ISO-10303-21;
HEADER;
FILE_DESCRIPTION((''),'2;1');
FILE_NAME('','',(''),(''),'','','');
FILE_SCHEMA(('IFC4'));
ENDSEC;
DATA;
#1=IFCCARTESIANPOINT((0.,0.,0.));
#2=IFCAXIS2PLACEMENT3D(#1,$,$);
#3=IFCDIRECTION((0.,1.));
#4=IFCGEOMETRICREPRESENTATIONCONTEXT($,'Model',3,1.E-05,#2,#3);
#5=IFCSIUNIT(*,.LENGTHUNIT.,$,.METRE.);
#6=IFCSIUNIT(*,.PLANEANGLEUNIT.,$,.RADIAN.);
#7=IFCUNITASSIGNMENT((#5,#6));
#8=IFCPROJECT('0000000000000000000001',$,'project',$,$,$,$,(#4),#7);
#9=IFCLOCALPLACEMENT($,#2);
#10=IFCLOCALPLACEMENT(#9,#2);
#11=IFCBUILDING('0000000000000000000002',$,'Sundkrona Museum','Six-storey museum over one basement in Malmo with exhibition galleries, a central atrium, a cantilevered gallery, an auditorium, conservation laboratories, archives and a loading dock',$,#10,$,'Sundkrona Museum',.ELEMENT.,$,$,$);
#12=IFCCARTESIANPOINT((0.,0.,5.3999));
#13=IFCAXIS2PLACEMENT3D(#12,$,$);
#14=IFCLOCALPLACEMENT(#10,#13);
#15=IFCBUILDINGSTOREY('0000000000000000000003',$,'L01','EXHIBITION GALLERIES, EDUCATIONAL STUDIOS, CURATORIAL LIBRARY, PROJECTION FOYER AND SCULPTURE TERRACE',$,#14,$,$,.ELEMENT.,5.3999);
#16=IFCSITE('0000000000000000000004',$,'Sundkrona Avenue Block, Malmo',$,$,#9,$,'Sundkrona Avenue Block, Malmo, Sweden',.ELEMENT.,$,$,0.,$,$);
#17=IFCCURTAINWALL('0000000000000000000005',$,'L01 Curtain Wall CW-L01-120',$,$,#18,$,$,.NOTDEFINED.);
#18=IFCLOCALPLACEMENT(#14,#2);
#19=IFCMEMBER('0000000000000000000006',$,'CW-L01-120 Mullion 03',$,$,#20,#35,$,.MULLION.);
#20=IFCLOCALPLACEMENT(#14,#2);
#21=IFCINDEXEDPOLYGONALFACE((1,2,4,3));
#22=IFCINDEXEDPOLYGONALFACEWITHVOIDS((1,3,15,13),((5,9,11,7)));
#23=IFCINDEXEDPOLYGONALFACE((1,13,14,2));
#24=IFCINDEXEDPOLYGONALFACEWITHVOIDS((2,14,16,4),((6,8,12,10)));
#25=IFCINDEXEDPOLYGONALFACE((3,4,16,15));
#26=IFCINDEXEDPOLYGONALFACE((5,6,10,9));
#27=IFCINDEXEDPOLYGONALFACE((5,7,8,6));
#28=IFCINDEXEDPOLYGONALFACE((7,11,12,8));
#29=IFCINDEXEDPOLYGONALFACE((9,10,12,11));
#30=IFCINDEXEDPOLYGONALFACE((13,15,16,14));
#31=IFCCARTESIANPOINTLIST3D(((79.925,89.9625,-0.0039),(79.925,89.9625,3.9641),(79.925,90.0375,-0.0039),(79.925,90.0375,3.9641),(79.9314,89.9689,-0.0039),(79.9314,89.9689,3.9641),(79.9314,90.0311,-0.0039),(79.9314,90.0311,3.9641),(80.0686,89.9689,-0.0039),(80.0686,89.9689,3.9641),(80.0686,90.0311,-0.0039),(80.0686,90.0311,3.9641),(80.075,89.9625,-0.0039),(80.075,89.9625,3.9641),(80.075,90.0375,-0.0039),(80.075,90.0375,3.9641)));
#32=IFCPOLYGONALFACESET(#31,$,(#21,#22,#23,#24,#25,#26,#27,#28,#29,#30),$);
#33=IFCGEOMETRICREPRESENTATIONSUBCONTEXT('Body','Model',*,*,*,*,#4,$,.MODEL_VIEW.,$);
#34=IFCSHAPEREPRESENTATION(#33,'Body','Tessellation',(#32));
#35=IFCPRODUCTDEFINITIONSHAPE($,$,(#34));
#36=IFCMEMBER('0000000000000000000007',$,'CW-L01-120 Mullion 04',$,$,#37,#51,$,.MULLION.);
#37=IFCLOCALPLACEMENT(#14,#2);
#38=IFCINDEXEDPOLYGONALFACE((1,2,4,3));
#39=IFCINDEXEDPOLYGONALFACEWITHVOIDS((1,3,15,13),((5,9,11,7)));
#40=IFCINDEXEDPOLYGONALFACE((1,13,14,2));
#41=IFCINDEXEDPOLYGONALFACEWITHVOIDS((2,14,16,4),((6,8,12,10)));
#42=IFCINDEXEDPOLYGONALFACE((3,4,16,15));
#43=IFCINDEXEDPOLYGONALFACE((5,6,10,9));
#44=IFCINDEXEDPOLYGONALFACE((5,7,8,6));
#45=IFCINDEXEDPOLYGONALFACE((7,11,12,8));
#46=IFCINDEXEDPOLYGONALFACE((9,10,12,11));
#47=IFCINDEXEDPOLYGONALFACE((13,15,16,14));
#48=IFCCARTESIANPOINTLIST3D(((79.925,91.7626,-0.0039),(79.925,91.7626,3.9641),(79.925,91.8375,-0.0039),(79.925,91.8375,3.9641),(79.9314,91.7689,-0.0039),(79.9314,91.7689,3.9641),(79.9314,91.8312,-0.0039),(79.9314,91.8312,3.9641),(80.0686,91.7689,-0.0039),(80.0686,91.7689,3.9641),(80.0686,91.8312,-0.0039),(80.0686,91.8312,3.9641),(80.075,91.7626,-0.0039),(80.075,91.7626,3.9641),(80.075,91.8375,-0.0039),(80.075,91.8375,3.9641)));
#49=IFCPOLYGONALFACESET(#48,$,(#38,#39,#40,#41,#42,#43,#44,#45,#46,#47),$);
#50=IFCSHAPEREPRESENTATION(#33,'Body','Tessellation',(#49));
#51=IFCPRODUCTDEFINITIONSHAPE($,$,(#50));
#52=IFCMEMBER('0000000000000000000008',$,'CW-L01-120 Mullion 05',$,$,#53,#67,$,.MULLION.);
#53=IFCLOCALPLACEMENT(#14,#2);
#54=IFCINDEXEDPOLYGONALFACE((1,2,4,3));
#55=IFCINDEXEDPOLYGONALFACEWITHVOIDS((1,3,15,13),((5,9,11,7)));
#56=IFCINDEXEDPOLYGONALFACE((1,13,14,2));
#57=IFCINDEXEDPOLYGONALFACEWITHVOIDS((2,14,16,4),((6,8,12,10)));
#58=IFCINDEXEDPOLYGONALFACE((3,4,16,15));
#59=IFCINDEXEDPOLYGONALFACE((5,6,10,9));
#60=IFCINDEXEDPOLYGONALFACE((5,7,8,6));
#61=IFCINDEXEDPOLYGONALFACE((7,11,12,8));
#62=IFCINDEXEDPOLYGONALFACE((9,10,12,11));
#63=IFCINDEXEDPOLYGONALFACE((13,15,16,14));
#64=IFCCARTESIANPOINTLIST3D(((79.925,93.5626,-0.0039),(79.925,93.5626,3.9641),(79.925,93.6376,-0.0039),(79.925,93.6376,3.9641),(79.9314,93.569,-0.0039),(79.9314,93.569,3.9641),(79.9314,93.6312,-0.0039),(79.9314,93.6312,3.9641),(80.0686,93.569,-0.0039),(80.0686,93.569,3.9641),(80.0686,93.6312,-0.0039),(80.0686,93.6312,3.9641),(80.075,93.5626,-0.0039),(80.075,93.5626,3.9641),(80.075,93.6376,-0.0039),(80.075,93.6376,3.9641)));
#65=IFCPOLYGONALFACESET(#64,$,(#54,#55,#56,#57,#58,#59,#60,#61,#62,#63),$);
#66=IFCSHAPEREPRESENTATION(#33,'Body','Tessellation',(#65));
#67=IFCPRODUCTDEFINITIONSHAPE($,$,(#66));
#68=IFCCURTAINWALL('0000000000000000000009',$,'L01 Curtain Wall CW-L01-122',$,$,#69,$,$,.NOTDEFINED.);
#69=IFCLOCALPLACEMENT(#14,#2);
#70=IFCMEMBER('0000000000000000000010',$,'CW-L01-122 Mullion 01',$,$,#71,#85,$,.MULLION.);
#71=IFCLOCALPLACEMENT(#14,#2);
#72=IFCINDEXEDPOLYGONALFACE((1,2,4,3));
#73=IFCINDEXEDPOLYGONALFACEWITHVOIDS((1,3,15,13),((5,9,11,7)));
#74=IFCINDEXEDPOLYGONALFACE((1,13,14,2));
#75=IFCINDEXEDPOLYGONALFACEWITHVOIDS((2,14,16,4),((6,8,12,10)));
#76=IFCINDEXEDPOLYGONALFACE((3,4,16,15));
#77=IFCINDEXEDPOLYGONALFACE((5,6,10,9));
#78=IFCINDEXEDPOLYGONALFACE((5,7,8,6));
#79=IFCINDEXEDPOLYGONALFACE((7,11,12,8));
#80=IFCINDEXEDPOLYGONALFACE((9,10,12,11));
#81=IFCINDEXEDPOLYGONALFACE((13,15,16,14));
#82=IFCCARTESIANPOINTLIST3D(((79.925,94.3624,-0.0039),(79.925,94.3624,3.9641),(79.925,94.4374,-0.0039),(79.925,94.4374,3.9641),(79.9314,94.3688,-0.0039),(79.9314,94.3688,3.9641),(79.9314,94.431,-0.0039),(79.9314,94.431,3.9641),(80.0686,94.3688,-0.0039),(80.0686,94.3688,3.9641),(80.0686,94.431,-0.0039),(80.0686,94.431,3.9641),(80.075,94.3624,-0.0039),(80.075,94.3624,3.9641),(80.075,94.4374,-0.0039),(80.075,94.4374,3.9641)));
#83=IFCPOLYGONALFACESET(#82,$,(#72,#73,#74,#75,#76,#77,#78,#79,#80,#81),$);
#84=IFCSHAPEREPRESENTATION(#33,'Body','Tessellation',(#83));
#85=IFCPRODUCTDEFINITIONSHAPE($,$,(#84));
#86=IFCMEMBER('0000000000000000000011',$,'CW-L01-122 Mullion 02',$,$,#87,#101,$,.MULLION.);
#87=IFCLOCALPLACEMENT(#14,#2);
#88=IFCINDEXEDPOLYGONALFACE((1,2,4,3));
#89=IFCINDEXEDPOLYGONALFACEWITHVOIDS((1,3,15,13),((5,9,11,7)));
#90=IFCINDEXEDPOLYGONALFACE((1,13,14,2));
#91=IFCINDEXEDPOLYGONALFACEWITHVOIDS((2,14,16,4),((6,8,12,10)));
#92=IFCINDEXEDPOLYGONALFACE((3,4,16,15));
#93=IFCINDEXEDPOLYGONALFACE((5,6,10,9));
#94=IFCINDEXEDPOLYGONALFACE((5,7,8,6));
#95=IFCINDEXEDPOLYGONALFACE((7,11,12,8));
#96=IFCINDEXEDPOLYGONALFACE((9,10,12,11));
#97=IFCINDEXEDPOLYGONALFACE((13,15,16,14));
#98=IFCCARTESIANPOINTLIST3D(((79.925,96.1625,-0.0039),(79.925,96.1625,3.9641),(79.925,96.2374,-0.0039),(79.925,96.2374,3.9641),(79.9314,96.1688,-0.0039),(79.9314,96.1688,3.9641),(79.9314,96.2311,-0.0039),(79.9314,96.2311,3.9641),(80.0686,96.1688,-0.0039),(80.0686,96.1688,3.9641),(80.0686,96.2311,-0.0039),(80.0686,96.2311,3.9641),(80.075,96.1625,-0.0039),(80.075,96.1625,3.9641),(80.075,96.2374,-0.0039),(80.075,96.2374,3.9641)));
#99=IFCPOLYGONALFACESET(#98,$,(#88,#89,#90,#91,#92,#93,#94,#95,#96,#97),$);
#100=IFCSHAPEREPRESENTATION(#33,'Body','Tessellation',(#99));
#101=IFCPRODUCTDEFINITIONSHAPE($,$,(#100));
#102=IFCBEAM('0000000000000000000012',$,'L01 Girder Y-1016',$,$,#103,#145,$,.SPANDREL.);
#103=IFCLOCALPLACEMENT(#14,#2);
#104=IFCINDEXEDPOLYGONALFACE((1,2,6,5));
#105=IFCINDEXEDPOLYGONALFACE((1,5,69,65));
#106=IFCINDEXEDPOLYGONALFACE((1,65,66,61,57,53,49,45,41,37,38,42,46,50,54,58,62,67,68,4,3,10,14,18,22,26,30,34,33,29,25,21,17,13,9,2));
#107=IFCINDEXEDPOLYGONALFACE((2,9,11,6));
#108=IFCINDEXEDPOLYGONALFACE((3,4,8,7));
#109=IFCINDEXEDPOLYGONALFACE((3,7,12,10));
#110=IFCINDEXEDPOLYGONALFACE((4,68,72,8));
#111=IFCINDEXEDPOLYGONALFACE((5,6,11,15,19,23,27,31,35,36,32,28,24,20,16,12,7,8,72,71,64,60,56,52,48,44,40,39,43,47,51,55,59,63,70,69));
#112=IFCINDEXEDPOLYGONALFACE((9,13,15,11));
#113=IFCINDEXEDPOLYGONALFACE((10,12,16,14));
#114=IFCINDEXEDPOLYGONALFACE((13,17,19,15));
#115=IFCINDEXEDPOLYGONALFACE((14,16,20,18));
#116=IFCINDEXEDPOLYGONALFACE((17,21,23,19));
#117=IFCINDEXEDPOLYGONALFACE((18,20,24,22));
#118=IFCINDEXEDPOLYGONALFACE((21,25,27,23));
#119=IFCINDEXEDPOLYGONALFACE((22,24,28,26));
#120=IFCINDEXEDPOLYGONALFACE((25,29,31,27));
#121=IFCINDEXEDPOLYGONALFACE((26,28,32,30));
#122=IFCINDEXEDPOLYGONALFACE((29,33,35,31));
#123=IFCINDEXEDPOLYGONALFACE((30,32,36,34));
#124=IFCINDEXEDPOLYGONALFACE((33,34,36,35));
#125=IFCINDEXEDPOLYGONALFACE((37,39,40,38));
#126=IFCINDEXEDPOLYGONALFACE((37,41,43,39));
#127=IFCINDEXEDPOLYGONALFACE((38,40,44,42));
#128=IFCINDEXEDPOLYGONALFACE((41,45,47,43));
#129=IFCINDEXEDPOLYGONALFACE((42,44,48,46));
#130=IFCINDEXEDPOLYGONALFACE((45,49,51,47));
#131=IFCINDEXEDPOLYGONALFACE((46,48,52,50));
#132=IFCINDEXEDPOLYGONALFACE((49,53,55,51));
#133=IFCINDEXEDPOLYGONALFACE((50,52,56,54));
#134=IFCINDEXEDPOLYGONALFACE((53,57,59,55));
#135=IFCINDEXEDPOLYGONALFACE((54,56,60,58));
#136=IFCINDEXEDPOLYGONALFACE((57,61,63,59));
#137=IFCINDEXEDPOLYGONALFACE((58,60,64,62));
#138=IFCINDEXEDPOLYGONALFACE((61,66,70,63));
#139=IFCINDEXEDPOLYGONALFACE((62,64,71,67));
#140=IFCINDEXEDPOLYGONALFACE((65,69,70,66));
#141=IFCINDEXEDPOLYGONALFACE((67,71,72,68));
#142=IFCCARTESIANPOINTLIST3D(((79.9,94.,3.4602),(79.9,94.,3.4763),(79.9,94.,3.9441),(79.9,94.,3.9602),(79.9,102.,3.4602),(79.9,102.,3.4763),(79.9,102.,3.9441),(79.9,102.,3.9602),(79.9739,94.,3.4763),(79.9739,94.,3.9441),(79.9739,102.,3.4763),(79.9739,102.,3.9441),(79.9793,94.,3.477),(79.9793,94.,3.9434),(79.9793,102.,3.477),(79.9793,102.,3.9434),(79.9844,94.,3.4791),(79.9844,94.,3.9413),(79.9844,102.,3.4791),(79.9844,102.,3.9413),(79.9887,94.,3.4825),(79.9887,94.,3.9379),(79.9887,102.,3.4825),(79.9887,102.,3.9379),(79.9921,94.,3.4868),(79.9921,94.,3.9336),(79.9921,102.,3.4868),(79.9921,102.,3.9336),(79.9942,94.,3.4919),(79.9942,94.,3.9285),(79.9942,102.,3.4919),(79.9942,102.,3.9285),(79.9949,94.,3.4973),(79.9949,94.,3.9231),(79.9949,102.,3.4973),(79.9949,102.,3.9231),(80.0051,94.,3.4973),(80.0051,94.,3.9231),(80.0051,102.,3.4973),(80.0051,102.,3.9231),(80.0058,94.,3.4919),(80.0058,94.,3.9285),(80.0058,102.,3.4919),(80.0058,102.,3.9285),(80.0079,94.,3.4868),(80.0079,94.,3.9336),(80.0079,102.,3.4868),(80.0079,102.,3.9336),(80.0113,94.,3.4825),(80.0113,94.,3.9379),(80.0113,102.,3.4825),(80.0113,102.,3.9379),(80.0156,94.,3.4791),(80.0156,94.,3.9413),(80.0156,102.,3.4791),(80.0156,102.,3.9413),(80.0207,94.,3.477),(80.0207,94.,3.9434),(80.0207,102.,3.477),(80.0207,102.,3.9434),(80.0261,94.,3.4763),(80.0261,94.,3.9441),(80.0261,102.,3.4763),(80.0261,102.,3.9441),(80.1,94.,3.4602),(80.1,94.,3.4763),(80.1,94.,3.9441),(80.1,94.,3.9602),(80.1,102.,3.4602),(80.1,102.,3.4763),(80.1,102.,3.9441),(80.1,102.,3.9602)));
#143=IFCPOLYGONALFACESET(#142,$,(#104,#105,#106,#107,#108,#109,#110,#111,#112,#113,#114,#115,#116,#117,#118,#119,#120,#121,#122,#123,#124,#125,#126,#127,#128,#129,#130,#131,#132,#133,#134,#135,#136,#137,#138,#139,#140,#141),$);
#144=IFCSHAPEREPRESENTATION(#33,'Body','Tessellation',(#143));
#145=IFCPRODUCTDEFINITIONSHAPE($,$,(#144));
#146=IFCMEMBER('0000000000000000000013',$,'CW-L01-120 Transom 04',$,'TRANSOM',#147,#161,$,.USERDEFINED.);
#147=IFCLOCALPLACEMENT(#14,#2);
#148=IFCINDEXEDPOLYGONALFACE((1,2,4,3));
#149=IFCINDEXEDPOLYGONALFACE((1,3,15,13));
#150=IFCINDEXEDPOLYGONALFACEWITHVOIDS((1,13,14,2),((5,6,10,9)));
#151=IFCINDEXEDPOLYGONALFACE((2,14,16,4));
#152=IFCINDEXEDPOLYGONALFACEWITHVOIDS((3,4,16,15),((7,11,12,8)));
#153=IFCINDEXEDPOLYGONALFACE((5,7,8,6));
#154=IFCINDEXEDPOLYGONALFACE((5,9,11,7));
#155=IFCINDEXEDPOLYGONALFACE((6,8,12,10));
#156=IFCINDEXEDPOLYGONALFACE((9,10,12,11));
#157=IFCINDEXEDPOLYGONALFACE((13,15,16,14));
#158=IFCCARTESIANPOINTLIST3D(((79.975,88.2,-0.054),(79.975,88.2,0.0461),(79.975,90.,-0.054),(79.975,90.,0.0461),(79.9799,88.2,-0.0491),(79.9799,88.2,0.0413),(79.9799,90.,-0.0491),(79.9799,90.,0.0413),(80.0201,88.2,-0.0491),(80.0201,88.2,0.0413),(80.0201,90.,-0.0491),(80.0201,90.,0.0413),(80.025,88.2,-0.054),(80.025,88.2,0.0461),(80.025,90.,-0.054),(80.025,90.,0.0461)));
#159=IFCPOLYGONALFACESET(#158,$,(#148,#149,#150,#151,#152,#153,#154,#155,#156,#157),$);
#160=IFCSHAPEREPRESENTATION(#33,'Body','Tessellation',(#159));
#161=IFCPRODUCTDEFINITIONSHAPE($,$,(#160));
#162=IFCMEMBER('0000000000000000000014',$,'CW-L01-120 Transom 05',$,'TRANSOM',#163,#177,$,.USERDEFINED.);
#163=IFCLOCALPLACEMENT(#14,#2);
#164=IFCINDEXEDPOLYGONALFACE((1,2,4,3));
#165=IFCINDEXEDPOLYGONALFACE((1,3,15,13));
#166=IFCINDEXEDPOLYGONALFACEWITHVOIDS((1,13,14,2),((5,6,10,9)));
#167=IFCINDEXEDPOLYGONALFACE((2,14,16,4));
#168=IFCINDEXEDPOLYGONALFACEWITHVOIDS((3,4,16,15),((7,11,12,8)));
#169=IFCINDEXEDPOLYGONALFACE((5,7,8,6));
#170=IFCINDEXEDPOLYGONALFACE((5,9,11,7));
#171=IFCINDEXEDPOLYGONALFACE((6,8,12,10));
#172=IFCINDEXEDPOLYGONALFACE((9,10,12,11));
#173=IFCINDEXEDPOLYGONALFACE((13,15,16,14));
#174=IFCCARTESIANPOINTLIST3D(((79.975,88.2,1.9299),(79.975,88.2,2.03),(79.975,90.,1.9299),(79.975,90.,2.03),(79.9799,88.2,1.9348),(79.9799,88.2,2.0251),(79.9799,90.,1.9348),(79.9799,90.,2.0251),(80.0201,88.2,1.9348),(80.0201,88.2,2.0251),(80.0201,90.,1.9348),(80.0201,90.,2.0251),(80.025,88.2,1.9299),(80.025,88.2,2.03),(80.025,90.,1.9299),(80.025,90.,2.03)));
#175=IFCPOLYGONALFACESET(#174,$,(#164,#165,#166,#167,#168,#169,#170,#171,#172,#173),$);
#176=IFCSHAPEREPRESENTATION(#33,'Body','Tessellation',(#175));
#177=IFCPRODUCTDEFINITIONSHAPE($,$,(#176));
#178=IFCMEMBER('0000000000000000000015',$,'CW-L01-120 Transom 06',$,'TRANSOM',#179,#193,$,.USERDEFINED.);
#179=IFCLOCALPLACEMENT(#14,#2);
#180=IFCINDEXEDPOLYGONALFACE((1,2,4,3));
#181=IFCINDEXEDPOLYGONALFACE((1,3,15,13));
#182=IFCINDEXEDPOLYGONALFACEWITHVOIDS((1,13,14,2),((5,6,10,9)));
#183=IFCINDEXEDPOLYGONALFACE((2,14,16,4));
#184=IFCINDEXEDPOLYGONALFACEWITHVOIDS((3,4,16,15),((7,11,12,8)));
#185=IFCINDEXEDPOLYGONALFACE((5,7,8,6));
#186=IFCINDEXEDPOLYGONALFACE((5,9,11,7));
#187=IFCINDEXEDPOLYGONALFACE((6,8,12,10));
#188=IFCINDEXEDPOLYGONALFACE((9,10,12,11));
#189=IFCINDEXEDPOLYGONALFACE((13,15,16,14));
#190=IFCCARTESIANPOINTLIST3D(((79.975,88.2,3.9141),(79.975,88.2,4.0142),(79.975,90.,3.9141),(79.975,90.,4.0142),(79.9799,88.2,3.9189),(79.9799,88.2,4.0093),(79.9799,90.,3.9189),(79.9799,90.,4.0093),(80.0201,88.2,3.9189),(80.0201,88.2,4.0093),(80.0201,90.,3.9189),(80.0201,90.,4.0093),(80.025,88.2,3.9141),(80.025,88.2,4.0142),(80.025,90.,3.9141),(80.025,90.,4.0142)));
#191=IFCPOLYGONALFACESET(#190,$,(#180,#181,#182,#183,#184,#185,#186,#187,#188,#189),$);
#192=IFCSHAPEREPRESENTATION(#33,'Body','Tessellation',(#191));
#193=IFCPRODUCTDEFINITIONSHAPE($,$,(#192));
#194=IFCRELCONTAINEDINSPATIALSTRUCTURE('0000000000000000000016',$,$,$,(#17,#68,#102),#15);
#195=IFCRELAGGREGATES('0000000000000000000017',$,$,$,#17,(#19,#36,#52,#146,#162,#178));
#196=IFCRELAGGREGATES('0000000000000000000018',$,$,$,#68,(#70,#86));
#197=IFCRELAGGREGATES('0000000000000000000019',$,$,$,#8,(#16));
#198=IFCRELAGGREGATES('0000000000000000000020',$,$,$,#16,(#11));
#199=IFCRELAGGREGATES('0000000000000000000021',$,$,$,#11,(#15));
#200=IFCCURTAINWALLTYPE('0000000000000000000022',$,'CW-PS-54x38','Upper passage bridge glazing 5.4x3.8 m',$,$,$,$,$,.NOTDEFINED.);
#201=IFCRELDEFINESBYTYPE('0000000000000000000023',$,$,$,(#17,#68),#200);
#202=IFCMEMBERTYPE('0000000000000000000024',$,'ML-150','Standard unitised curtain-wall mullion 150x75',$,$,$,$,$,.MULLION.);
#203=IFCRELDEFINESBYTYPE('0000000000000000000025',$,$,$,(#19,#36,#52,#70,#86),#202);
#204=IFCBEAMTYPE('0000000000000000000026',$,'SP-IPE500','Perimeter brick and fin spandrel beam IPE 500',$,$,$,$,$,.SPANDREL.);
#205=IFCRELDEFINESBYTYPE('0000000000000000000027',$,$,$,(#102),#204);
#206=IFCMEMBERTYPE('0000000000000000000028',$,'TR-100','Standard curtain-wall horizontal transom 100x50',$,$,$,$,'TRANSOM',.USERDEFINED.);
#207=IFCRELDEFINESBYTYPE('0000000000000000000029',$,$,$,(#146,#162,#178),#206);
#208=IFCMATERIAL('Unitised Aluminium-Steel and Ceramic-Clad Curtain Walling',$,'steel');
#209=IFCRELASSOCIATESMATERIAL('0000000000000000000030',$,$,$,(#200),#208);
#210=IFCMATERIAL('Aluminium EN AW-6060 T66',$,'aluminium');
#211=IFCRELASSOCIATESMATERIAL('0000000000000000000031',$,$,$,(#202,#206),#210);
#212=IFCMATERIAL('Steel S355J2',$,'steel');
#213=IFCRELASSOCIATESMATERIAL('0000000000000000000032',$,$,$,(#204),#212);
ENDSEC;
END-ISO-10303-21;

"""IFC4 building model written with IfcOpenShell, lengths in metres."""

from ifc_helpers import new_model, si_unit, direction, frame, origin, origin_2d, place, context, subcontext, project, spatial, hollow_rectangle, i_section, extrude, material, material_profile, profile_set, type_object, element, aggregate, save


model = new_model("IFC4")

# Units and contexts
model_context = context("Model", 3, precision=1e-05, world=origin(), true_north=direction((0.0, 1.0)))
body_context = subcontext(model_context, "Body", "Model", "MODEL_VIEW")
ifc_project = project(units=[si_unit("LENGTHUNIT", "METRE"), si_unit("PLANEANGLEUNIT", "RADIAN")], contexts=[model_context])

# Site, building, storey
site_placement = place(None, origin())
site = spatial("IfcSite", under=ifc_project, at=site_placement, Name="Sundkrona Avenue Block, Malmo", LongName="Sundkrona Avenue Block, Malmo, Sweden", CompositionType="ELEMENT", RefElevation=0.0)
building_placement = place(site_placement, origin())
building = spatial("IfcBuilding", under=site, at=building_placement, Name="Sundkrona Museum", Description="Six-storey museum over one basement in Malmo with exhibition galleries, a central atrium, a cantilevered gallery, an auditorium, conservation laboratories, archives and a loading dock", LongName="Sundkrona Museum", CompositionType="ELEMENT")
storey_placement = place(building_placement, frame((0.0, 0.0, 5.3999)))
storey = spatial("IfcBuildingStorey", under=building, at=storey_placement, Name="L01", Description="EXHIBITION GALLERIES, EDUCATIONAL STUDIOS, CURATORIAL LIBRARY, PROJECTION FOYER AND SCULPTURE TERRACE", CompositionType="ELEMENT", Elevation=5.3999)

# Shared definitions
ifc_material_1 = material(Name="Steel S355J2", Category="steel")

# Curtain walls, members
ifc_material_2 = material(Name="Unitised Aluminium-Steel and Ceramic-Clad Curtain Walling", Category="steel")
curtain_wall_type = type_object("IfcCurtainWallType", Name="CW-PS-54x38", Description="Upper passage bridge glazing 5.4x3.8 m", PredefinedType="NOTDEFINED", material=ifc_material_2)
curtain_wall_1_placement = place(storey_placement, origin())
curtain_wall_1 = element("IfcCurtainWall", 1, at=curtain_wall_1_placement, inside=storey, type_object=curtain_wall_type, Name="L01 Curtain Wall CW-L01-120", PredefinedType="NOTDEFINED")
ifc_material_3 = material(Name="Aluminium EN AW-6060 T66", Category="aluminium")
ifc_material_profile_1 = material_profile(ifc_material_3, hollow_rectangle(XDim=0.075, YDim=0.1499, WallThickness=0.0063, at=origin_2d()), Name="RHS 150x75x6.3")
ifc_profile_set_1 = profile_set([ifc_material_profile_1], Name="Aluminium EN AW-6060 T66")
member_type_1 = type_object("IfcMemberType", Name="ML-150", Description="Standard unitised curtain-wall mullion 150x75", PredefinedType="MULLION", material=ifc_profile_set_1)
member_1_placement = place(storey_placement, frame((80.0, 90.0, -0.0039), z_axis=(0.0, 0.0, 1.0), x_axis=(0.0, 1.0, 0.0)))
member_1 = element("IfcMember", 2, at=member_1_placement, type_object=member_type_1, Name="CW-L01-120 Mullion 03", PredefinedType="MULLION", context=body_context, shape_type="SweptSolid", body=[
    extrude(hollow_rectangle(XDim=0.075, YDim=0.1499, WallThickness=0.0063, at=origin_2d()), origin(), (0.0, 0.0, 1.0), 3.968),
])
member_2_placement = place(storey_placement, frame((80.0, 91.8, -0.0039), z_axis=(0.0, 0.0, 1.0), x_axis=(0.0, 1.0, 0.0)))
member_2 = element("IfcMember", 3, at=member_2_placement, type_object=member_type_1, Name="CW-L01-120 Mullion 04", PredefinedType="MULLION", context=body_context, shape_type="SweptSolid", body=[
    extrude(hollow_rectangle(XDim=0.075, YDim=0.1499, WallThickness=0.0063, at=origin_2d()), origin(), (0.0, 0.0, 1.0), 3.968),
])
member_3_placement = place(storey_placement, frame((80.0, 93.6001, -0.0039), z_axis=(0.0, 0.0, 1.0), x_axis=(0.0, 1.0, 0.0)))
member_3 = element("IfcMember", 4, at=member_3_placement, type_object=member_type_1, Name="CW-L01-120 Mullion 05", PredefinedType="MULLION", context=body_context, shape_type="SweptSolid", body=[
    extrude(hollow_rectangle(XDim=0.075, YDim=0.1499, WallThickness=0.0063, at=origin_2d()), origin(), (0.0, 0.0, 1.0), 3.968),
])
curtain_wall_2_placement = place(storey_placement, origin())
curtain_wall_2 = element("IfcCurtainWall", 5, at=curtain_wall_2_placement, inside=storey, type_object=curtain_wall_type, Name="L01 Curtain Wall CW-L01-122", PredefinedType="NOTDEFINED")
member_4_placement = place(storey_placement, frame((80.0, 94.3999, -0.0039), z_axis=(0.0, 0.0, 1.0), x_axis=(0.0, 1.0, 0.0)))
member_4 = element("IfcMember", 6, at=member_4_placement, type_object=member_type_1, Name="CW-L01-122 Mullion 01", PredefinedType="MULLION", context=body_context, shape_type="SweptSolid", body=[
    extrude(hollow_rectangle(XDim=0.075, YDim=0.1499, WallThickness=0.0063, at=origin_2d()), origin(), (0.0, 0.0, 1.0), 3.968),
])
member_5_placement = place(storey_placement, frame((80.0, 96.2, -0.0039), z_axis=(0.0, 0.0, 1.0), x_axis=(0.0, 1.0, 0.0)))
member_5 = element("IfcMember", 7, at=member_5_placement, type_object=member_type_1, Name="CW-L01-122 Mullion 02", PredefinedType="MULLION", context=body_context, shape_type="SweptSolid", body=[
    extrude(hollow_rectangle(XDim=0.075, YDim=0.1499, WallThickness=0.0063, at=origin_2d()), origin(), (0.0, 0.0, 1.0), 3.968),
])

# Beam
ifc_material_profile_2 = material_profile(ifc_material_1, i_section(OverallWidth=0.2, OverallDepth=0.5, WebThickness=0.0103, FlangeThickness=0.0161, FilletRadius=0.021, at=origin_2d()), Name="IPE 500")
ifc_profile_set_2 = profile_set([ifc_material_profile_2], Name="Steel S355J2")
beam_type_1 = type_object("IfcBeamType", Name="SP-IPE500", Description="Perimeter brick and fin spandrel beam IPE 500", PredefinedType="SPANDREL", material=ifc_profile_set_2)
beam_placement = place(storey_placement, frame((80.0, 94.0, 3.7102), z_axis=(0.0, 1.0, 0.0), x_axis=(-1.0, 0.0, 0.0)))
element("IfcBeam", 8, at=beam_placement, inside=storey, type_object=beam_type_1, Name="L01 Girder Y-1016", PredefinedType="SPANDREL", context=body_context, shape_type="SweptSolid", body=[
    extrude(i_section(OverallWidth=0.2, OverallDepth=0.5, WebThickness=0.0103, FlangeThickness=0.0161, FilletRadius=0.021, at=origin_2d()), origin(), (0.0, 0.0, 1.0), 8.0),
])

# Members
ifc_material_profile_3 = material_profile(ifc_material_3, hollow_rectangle(XDim=0.05, YDim=0.1001, WallThickness=0.0049, at=origin_2d()), Name="RHS 100x50x5.0")
ifc_profile_set_3 = profile_set([ifc_material_profile_3], Name="Aluminium EN AW-6060 T66")
member_type_2 = type_object("IfcMemberType", Name="TR-100", Description="Standard curtain-wall horizontal transom 100x50", ElementType="TRANSOM", PredefinedType="USERDEFINED", material=ifc_profile_set_3)
member_6_placement = place(storey_placement, frame((80.0, 88.2, -0.0039), z_axis=(0.0, 1.0, 0.0), x_axis=(-1.0, 0.0, 0.0)))
member_6 = element("IfcMember", 9, at=member_6_placement, type_object=member_type_2, Name="CW-L01-120 Transom 04", ObjectType="TRANSOM", PredefinedType="USERDEFINED", context=body_context, shape_type="SweptSolid", body=[
    extrude(hollow_rectangle(XDim=0.05, YDim=0.1001, WallThickness=0.0049, at=origin_2d()), origin(), (0.0, 0.0, 1.0), 1.8),
])
member_7_placement = place(storey_placement, frame((80.0, 88.2, 1.98), z_axis=(0.0, 1.0, 0.0), x_axis=(-1.0, 0.0, 0.0)))
member_7 = element("IfcMember", 10, at=member_7_placement, type_object=member_type_2, Name="CW-L01-120 Transom 05", ObjectType="TRANSOM", PredefinedType="USERDEFINED", context=body_context, shape_type="SweptSolid", body=[
    extrude(hollow_rectangle(XDim=0.05, YDim=0.1001, WallThickness=0.0049, at=origin_2d()), origin(), (0.0, 0.0, 1.0), 1.8),
])
member_8_placement = place(storey_placement, frame((80.0, 88.2, 3.9641), z_axis=(0.0, 1.0, 0.0), x_axis=(-1.0, 0.0, 0.0)))
member_8 = element("IfcMember", 11, at=member_8_placement, type_object=member_type_2, Name="CW-L01-120 Transom 06", ObjectType="TRANSOM", PredefinedType="USERDEFINED", context=body_context, shape_type="SweptSolid", body=[
    extrude(hollow_rectangle(XDim=0.05, YDim=0.1001, WallThickness=0.0049, at=origin_2d()), origin(), (0.0, 0.0, 1.0), 1.8),
])

aggregate(curtain_wall_1, [member_1, member_2, member_3, member_6, member_7, member_8])
aggregate(curtain_wall_2, [member_4, member_5])

save(model, "model.ifc")
